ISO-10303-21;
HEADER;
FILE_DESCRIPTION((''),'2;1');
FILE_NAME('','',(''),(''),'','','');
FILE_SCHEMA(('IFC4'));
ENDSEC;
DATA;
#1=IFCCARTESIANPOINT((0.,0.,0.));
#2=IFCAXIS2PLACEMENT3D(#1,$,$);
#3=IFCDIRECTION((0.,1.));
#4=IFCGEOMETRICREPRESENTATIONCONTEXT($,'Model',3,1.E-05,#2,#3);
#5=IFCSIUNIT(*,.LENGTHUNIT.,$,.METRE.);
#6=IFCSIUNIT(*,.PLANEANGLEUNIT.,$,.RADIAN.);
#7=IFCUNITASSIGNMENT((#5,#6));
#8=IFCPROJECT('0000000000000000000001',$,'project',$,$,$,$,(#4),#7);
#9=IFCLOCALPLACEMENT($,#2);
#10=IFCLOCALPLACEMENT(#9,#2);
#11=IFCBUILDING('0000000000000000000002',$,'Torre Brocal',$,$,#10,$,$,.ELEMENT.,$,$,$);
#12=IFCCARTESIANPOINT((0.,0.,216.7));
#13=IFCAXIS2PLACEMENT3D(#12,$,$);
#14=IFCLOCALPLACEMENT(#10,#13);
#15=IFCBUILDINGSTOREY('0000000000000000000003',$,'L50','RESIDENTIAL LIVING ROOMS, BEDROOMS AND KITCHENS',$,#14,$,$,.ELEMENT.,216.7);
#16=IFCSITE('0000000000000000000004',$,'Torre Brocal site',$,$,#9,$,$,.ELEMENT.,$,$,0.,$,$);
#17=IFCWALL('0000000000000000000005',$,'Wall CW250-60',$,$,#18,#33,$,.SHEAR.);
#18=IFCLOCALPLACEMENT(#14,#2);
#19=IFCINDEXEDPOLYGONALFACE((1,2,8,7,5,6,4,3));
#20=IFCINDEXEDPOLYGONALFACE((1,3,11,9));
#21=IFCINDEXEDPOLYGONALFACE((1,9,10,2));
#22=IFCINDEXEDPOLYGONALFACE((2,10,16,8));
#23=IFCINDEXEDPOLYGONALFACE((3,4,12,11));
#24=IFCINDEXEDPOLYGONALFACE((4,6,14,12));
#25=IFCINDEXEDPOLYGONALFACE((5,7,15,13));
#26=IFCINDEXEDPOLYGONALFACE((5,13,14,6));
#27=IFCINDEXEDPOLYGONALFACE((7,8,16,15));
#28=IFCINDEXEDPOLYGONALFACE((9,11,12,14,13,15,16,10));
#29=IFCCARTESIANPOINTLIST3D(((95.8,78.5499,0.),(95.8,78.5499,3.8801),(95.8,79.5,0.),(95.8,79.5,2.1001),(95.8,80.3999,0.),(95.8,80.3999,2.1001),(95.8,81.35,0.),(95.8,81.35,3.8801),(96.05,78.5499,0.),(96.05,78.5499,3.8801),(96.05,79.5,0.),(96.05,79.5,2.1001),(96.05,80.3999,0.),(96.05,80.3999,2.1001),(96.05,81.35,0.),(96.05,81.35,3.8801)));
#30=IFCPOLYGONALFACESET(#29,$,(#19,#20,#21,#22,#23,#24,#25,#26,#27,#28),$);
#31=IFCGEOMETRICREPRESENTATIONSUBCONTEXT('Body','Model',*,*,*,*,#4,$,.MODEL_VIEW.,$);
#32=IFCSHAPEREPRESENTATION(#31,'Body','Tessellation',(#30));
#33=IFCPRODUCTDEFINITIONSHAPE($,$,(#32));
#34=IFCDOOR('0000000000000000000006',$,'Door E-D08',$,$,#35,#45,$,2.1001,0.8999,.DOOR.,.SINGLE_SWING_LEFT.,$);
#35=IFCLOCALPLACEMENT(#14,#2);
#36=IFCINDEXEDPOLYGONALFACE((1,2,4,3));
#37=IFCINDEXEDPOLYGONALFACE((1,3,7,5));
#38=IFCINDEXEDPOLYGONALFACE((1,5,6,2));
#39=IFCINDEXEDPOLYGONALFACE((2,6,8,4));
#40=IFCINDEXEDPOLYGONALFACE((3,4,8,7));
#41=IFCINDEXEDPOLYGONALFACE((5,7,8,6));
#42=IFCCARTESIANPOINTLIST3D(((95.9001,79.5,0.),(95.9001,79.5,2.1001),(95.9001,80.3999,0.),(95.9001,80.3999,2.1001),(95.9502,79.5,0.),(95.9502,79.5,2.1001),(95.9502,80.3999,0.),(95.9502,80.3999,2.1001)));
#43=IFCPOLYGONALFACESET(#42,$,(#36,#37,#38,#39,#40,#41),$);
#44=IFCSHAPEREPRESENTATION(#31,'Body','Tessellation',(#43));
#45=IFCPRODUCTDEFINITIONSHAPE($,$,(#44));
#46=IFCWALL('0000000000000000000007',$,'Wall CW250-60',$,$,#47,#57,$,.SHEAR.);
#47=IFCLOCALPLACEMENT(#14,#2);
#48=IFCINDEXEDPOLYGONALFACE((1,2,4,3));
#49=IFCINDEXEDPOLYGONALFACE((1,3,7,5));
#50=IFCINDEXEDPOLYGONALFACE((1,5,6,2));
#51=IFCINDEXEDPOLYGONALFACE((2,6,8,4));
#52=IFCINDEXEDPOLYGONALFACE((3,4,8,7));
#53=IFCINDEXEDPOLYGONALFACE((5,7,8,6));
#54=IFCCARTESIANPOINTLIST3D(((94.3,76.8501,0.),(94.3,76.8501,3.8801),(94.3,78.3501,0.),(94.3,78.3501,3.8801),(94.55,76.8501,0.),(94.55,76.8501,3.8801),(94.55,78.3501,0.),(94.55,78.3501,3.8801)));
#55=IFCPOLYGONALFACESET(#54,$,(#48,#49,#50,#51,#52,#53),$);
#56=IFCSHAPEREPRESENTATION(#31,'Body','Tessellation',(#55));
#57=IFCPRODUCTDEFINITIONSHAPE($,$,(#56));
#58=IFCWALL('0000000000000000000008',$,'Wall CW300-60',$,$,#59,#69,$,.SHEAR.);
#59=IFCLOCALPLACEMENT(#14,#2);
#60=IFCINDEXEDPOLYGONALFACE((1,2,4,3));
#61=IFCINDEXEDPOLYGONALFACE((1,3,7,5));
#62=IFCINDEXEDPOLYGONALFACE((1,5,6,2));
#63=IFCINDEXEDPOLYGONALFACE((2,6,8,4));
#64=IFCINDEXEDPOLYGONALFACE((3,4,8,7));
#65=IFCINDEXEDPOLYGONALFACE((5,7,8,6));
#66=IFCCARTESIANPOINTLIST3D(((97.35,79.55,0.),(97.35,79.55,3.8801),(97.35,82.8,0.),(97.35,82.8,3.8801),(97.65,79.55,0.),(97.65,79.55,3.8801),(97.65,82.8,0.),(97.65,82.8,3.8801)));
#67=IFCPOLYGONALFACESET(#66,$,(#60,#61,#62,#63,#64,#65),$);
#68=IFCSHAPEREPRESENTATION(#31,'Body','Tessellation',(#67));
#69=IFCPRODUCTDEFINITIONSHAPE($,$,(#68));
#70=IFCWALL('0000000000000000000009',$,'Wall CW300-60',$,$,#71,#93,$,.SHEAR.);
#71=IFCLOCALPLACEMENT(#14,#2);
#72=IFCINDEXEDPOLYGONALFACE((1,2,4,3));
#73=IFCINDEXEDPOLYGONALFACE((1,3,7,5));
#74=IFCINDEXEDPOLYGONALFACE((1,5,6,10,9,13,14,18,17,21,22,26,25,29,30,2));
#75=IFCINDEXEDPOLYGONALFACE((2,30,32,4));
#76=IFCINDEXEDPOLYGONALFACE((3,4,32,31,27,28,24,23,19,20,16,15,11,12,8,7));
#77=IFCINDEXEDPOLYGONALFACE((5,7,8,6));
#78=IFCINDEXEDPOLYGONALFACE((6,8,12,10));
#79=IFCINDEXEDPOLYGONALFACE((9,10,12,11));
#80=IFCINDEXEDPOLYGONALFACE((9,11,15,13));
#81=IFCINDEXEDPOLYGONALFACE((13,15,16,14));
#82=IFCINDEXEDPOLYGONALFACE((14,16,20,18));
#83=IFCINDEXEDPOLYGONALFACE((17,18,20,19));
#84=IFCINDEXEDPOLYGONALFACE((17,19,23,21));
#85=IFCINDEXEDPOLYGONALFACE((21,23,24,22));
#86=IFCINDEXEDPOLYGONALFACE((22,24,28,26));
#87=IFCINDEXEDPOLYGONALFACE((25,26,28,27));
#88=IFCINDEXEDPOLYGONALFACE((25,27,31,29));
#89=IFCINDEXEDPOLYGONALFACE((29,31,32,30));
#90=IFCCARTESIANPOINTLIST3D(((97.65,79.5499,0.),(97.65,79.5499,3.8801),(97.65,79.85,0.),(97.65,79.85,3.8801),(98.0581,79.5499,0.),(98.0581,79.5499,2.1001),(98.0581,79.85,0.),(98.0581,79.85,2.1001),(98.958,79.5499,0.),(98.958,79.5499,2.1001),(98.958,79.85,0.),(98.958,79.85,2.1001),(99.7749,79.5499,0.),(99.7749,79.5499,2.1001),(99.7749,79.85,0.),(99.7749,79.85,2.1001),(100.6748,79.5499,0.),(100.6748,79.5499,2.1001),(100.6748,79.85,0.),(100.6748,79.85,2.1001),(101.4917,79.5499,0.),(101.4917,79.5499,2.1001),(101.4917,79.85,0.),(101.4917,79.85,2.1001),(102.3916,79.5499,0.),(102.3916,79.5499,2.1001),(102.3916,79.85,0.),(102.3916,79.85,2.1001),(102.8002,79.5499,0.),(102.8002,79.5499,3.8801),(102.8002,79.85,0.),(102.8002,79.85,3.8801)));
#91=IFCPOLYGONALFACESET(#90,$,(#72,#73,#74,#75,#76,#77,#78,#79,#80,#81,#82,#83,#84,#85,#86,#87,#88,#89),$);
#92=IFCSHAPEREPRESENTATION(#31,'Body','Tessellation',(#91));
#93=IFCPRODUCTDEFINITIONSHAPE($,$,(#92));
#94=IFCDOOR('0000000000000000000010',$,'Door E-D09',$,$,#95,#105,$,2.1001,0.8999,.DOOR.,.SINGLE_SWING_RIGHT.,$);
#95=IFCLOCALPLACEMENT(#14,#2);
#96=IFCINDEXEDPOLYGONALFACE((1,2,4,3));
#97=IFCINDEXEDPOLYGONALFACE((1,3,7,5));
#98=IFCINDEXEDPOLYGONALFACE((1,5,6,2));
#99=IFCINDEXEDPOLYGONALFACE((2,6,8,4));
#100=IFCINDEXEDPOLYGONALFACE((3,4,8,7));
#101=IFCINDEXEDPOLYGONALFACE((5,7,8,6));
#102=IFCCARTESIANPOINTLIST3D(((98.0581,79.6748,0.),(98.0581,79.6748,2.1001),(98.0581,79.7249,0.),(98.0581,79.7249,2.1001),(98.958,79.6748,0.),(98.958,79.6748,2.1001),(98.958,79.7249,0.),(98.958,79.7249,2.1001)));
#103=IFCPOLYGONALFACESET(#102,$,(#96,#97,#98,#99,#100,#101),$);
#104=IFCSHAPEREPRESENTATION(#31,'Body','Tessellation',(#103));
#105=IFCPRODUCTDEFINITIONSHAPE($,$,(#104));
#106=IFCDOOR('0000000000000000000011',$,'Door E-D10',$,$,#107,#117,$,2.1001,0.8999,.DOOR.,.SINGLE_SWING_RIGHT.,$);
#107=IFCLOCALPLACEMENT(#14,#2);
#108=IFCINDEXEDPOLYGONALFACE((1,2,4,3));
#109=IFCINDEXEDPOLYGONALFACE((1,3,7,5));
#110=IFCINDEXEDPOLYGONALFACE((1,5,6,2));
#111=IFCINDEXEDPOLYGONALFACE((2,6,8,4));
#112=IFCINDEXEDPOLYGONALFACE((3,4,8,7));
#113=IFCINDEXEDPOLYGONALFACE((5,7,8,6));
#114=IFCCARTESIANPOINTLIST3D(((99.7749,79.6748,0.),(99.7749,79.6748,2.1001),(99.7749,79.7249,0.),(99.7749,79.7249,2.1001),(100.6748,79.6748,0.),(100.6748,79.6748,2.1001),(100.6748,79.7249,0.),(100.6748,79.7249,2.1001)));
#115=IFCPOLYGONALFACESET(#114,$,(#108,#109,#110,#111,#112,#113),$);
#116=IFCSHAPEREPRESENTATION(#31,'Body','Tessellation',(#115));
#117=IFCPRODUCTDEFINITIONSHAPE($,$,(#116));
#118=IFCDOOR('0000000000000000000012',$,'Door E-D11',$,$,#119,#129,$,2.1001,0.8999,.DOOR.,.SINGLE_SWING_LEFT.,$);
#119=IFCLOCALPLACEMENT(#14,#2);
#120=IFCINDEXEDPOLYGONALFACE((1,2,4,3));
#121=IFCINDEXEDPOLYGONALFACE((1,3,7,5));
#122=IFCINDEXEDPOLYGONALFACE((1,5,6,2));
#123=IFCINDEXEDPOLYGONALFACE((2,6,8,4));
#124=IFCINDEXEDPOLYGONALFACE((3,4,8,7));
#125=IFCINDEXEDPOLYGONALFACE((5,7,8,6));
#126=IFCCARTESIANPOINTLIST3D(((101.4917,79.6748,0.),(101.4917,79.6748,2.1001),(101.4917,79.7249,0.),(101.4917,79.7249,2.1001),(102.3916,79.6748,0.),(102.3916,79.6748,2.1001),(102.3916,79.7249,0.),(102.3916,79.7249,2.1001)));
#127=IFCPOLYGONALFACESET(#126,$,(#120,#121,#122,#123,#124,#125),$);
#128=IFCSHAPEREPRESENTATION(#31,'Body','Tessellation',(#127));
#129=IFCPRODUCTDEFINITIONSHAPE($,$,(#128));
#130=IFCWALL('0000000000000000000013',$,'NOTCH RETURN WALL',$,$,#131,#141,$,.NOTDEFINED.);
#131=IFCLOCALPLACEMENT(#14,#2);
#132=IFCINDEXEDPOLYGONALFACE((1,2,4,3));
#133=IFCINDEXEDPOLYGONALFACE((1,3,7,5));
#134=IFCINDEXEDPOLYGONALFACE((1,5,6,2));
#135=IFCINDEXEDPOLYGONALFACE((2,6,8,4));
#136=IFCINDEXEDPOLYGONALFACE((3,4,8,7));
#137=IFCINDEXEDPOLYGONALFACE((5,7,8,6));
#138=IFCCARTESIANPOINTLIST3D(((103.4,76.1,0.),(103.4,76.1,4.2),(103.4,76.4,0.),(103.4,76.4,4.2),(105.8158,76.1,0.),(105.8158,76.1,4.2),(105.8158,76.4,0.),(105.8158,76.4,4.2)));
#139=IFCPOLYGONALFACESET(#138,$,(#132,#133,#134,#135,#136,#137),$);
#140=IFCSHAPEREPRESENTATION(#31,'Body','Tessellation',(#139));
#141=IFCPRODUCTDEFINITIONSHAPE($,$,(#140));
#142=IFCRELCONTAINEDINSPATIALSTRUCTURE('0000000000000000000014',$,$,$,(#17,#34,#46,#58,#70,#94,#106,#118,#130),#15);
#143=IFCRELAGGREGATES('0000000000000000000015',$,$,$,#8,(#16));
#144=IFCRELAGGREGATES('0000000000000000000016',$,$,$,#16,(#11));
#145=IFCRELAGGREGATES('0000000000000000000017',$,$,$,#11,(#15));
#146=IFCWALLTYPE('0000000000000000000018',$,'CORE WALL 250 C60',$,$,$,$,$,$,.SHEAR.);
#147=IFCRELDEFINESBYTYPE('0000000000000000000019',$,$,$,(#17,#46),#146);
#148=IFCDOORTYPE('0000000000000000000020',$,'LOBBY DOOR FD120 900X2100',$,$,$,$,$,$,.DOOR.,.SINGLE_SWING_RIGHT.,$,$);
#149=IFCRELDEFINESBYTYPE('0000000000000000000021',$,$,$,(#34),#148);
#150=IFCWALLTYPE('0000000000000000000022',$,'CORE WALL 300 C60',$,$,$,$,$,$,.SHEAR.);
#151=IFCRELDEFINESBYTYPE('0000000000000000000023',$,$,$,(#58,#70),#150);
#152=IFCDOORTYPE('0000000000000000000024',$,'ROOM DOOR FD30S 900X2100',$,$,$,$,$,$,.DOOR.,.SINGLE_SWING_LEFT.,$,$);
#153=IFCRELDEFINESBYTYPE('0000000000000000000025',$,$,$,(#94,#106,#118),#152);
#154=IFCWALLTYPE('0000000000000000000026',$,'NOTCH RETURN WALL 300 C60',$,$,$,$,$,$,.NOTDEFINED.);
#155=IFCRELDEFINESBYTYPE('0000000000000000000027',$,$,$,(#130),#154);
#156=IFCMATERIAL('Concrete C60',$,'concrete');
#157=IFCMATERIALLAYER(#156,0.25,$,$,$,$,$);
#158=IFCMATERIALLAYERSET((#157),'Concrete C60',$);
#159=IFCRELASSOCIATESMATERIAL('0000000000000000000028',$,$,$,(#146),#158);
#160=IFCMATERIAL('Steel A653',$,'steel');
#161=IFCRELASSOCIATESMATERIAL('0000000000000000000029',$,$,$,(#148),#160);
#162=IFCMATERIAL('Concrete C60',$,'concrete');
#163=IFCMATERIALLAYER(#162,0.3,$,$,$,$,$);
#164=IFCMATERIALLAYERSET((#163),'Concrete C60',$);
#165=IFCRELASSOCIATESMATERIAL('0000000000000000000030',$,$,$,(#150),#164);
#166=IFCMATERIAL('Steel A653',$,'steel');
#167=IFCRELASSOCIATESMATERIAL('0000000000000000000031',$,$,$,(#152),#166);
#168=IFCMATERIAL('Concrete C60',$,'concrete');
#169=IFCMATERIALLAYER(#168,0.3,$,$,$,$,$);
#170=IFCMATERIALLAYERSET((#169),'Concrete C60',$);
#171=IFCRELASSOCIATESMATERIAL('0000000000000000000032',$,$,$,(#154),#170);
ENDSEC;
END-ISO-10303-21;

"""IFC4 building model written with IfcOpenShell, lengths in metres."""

from ifc_helpers import new_model, si_unit, direction, frame, frame_2d, origin, place, context, subcontext, project, spatial, rectangle, extrude, material, layer, layer_set, type_object, element, fill, save


model = new_model("IFC4")

# Units and contexts
model_context = context("Model", 3, precision=1e-05, world=origin(), true_north=direction((0.0, 1.0)))
body_context = subcontext(model_context, "Body", "Model", "MODEL_VIEW")
ifc_project = project(units=[si_unit("LENGTHUNIT", "METRE"), si_unit("PLANEANGLEUNIT", "RADIAN")], contexts=[model_context])

# Site, building, storey
site_placement = place(None, origin())
site = spatial("IfcSite", under=ifc_project, at=site_placement, Name="Torre Brocal site", CompositionType="ELEMENT", RefElevation=0.0)
building_placement = place(site_placement, origin())
building = spatial("IfcBuilding", under=site, at=building_placement, Name="Torre Brocal", CompositionType="ELEMENT")
storey_placement = place(building_placement, frame((0.0, 0.0, 216.7)))
storey = spatial("IfcBuildingStorey", under=building, at=storey_placement, Name="L50", Description="RESIDENTIAL LIVING ROOMS, BEDROOMS AND KITCHENS", CompositionType="ELEMENT", Elevation=216.7)

# Wall, opening, door
ifc_material_1 = material(Name="Concrete C60", Category="concrete")
ifc_layer_1 = layer(ifc_material_1, 0.25)
ifc_layer_set_1 = layer_set([ifc_layer_1], Name="Concrete C60")
wall_type_1 = type_object("IfcWallType", Name="CORE WALL 250 C60", PredefinedType="SHEAR", material=ifc_layer_set_1)
wall_1_placement = place(storey_placement, frame((95.925, 78.55, 0.0), z_axis=(0.0, 0.0, 1.0), x_axis=(0.0, 1.0, 0.0)))
wall_1 = element("IfcWall", 1, at=wall_1_placement, inside=storey, type_object=wall_type_1, Name="Wall CW250-60", PredefinedType="SHEAR", context=body_context, shape_type="SweptSolid", body=[
    extrude(rectangle(XDim=2.8, YDim=0.25, at=frame_2d((1.3999, 0.0))), origin(), (0.0, 0.0, 1.0), 3.8801),
])
opening_1_placement = place(wall_1_placement, frame((0.95, 0.0, 0.0)))
opening_1 = element("IfcOpeningElement", 2, at=opening_1_placement, cuts=wall_1, PredefinedType="OPENING", context=body_context, shape_type="SweptSolid", body=[
    extrude(rectangle(XDim=0.8999, YDim=2.1001, at=frame_2d((0.45, 1.05))), frame((0.0, 0.135, 0.0), z_axis=(0.0, -1.0, 0.0), x_axis=(1.0, 0.0, 0.0)), (0.0, 0.0, 1.0), 0.27),
])
ifc_material_2 = material(Name="Steel A653", Category="steel")
door_type_1 = type_object("IfcDoorType", Name="LOBBY DOOR FD120 900X2100", OperationType="SINGLE_SWING_RIGHT", PredefinedType="DOOR", material=ifc_material_2)
door_1_placement = place(opening_1_placement, origin())
door_1 = element("IfcDoor", 3, at=door_1_placement, inside=storey, type_object=door_type_1, Name="Door E-D08", OperationType="SINGLE_SWING_LEFT", OverallHeight=2.1001, OverallWidth=0.8999, PredefinedType="DOOR", context=body_context, shape_type="SweptSolid", body=[
    extrude(rectangle(XDim=0.8999, YDim=2.1001, at=frame_2d((0.45, 1.05))), frame((0.0, 0.0249, 0.0), z_axis=(0.0, -1.0, 0.0), x_axis=(1.0, 0.0, 0.0)), (0.0, 0.0, 1.0), 0.05),
])
fill(opening_1, door_1)

# Walls
wall_2_placement = place(storey_placement, frame((94.425, 76.8501, 0.0), z_axis=(0.0, 0.0, 1.0), x_axis=(0.0, 1.0, 0.0)))
element("IfcWall", 4, at=wall_2_placement, inside=storey, type_object=wall_type_1, Name="Wall CW250-60", PredefinedType="SHEAR", context=body_context, shape_type="SweptSolid", body=[
    extrude(rectangle(XDim=1.5, YDim=0.25, at=frame_2d((0.75, 0.0))), origin(), (0.0, 0.0, 1.0), 3.8801),
])
ifc_material_3 = material(Name="Concrete C60", Category="concrete")
ifc_layer_2 = layer(ifc_material_3, 0.3)
ifc_layer_set_2 = layer_set([ifc_layer_2], Name="Concrete C60")
wall_type_2 = type_object("IfcWallType", Name="CORE WALL 300 C60", PredefinedType="SHEAR", material=ifc_layer_set_2)
wall_3_placement = place(storey_placement, frame((97.5, 79.55, 0.0), z_axis=(0.0, 0.0, 1.0), x_axis=(0.0, 1.0, 0.0)))
element("IfcWall", 5, at=wall_3_placement, inside=storey, type_object=wall_type_2, Name="Wall CW300-60", PredefinedType="SHEAR", context=body_context, shape_type="SweptSolid", body=[
    extrude(rectangle(XDim=3.25, YDim=0.3, at=frame_2d((1.625, 0.0))), origin(), (0.0, 0.0, 1.0), 3.8801),
])

# Wall, openings, doors
wall_4_placement = place(storey_placement, frame((97.6499, 79.7, 0.0), z_axis=(0.0, 0.0, 1.0), x_axis=(1.0, 0.0, 0.0)))
wall_4 = element("IfcWall", 6, at=wall_4_placement, inside=storey, type_object=wall_type_2, Name="Wall CW300-60", PredefinedType="SHEAR", context=body_context, shape_type="SweptSolid", body=[
    extrude(rectangle(XDim=5.1501, YDim=0.3, at=frame_2d((2.5752, 0.0))), origin(), (0.0, 0.0, 1.0), 3.8801),
])
opening_2_placement = place(wall_4_placement, frame((0.4082, 0.0, 0.0)))
opening_2 = element("IfcOpeningElement", 7, at=opening_2_placement, cuts=wall_4, PredefinedType="OPENING", context=body_context, shape_type="SweptSolid", body=[
    extrude(rectangle(XDim=0.8999, YDim=2.1001, at=frame_2d((0.45, 1.05))), frame((0.0, 0.1599, 0.0), z_axis=(0.0, -1.0, 0.0), x_axis=(1.0, 0.0, 0.0)), (0.0, 0.0, 1.0), 0.3201),
])
opening_3_placement = place(wall_4_placement, frame((2.125, 0.0, 0.0)))
opening_3 = element("IfcOpeningElement", 8, at=opening_3_placement, cuts=wall_4, PredefinedType="OPENING", context=body_context, shape_type="SweptSolid", body=[
    extrude(rectangle(XDim=0.8999, YDim=2.1001, at=frame_2d((0.45, 1.05))), frame((0.0, 0.1599, 0.0), z_axis=(0.0, -1.0, 0.0), x_axis=(1.0, 0.0, 0.0)), (0.0, 0.0, 1.0), 0.3201),
])
opening_4_placement = place(wall_4_placement, frame((3.8418, 0.0, 0.0)))
opening_4 = element("IfcOpeningElement", 9, at=opening_4_placement, cuts=wall_4, PredefinedType="OPENING", context=body_context, shape_type="SweptSolid", body=[
    extrude(rectangle(XDim=0.8999, YDim=2.1001, at=frame_2d((0.45, 1.05))), frame((0.0, 0.1599, 0.0), z_axis=(0.0, -1.0, 0.0), x_axis=(1.0, 0.0, 0.0)), (0.0, 0.0, 1.0), 0.3201),
])
ifc_material_4 = material(Name="Steel A653", Category="steel")
door_type_2 = type_object("IfcDoorType", Name="ROOM DOOR FD30S 900X2100", OperationType="SINGLE_SWING_LEFT", PredefinedType="DOOR", material=ifc_material_4)
door_2_placement = place(opening_2_placement, origin())
door_2 = element("IfcDoor", 10, at=door_2_placement, inside=storey, type_object=door_type_2, Name="Door E-D09", OperationType="SINGLE_SWING_RIGHT", OverallHeight=2.1001, OverallWidth=0.8999, PredefinedType="DOOR", context=body_context, shape_type="SweptSolid", body=[
    extrude(rectangle(XDim=0.8999, YDim=2.1001, at=frame_2d((0.45, 1.05))), frame((0.0, 0.0249, 0.0), z_axis=(0.0, -1.0, 0.0), x_axis=(1.0, 0.0, 0.0)), (0.0, 0.0, 1.0), 0.05),
])
fill(opening_2, door_2)
door_3_placement = place(opening_3_placement, origin())
door_3 = element("IfcDoor", 11, at=door_3_placement, inside=storey, type_object=door_type_2, Name="Door E-D10", OperationType="SINGLE_SWING_RIGHT", OverallHeight=2.1001, OverallWidth=0.8999, PredefinedType="DOOR", context=body_context, shape_type="SweptSolid", body=[
    extrude(rectangle(XDim=0.8999, YDim=2.1001, at=frame_2d((0.45, 1.05))), frame((0.0, 0.0249, 0.0), z_axis=(0.0, -1.0, 0.0), x_axis=(1.0, 0.0, 0.0)), (0.0, 0.0, 1.0), 0.05),
])
fill(opening_3, door_3)
door_4_placement = place(opening_4_placement, origin())
door_4 = element("IfcDoor", 12, at=door_4_placement, inside=storey, type_object=door_type_2, Name="Door E-D11", OperationType="SINGLE_SWING_LEFT", OverallHeight=2.1001, OverallWidth=0.8999, PredefinedType="DOOR", context=body_context, shape_type="SweptSolid", body=[
    extrude(rectangle(XDim=0.8999, YDim=2.1001, at=frame_2d((0.45, 1.05))), frame((0.0, 0.0249, 0.0), z_axis=(0.0, -1.0, 0.0), x_axis=(1.0, 0.0, 0.0)), (0.0, 0.0, 1.0), 0.05),
])
fill(opening_4, door_4)

# Wall
ifc_material_5 = material(Name="Concrete C60", Category="concrete")
ifc_layer_3 = layer(ifc_material_5, 0.3)
ifc_layer_set_3 = layer_set([ifc_layer_3], Name="Concrete C60")
wall_type_3 = type_object("IfcWallType", Name="NOTCH RETURN WALL 300 C60", PredefinedType="NOTDEFINED", material=ifc_layer_set_3)
wall_5_placement = place(storey_placement, frame((103.3999, 76.25, 0.0), z_axis=(0.0, 0.0, 1.0), x_axis=(1.0, 0.0, 0.0)))
element("IfcWall", 13, at=wall_5_placement, inside=storey, type_object=wall_type_3, Name="NOTCH RETURN WALL", PredefinedType="NOTDEFINED", context=body_context, shape_type="SweptSolid", body=[
    extrude(rectangle(XDim=2.4158, YDim=0.3, at=frame_2d((1.208, 0.0))), origin(), (0.0, 0.0, 1.0), 4.2),
])

save(model, "model.ifc")
